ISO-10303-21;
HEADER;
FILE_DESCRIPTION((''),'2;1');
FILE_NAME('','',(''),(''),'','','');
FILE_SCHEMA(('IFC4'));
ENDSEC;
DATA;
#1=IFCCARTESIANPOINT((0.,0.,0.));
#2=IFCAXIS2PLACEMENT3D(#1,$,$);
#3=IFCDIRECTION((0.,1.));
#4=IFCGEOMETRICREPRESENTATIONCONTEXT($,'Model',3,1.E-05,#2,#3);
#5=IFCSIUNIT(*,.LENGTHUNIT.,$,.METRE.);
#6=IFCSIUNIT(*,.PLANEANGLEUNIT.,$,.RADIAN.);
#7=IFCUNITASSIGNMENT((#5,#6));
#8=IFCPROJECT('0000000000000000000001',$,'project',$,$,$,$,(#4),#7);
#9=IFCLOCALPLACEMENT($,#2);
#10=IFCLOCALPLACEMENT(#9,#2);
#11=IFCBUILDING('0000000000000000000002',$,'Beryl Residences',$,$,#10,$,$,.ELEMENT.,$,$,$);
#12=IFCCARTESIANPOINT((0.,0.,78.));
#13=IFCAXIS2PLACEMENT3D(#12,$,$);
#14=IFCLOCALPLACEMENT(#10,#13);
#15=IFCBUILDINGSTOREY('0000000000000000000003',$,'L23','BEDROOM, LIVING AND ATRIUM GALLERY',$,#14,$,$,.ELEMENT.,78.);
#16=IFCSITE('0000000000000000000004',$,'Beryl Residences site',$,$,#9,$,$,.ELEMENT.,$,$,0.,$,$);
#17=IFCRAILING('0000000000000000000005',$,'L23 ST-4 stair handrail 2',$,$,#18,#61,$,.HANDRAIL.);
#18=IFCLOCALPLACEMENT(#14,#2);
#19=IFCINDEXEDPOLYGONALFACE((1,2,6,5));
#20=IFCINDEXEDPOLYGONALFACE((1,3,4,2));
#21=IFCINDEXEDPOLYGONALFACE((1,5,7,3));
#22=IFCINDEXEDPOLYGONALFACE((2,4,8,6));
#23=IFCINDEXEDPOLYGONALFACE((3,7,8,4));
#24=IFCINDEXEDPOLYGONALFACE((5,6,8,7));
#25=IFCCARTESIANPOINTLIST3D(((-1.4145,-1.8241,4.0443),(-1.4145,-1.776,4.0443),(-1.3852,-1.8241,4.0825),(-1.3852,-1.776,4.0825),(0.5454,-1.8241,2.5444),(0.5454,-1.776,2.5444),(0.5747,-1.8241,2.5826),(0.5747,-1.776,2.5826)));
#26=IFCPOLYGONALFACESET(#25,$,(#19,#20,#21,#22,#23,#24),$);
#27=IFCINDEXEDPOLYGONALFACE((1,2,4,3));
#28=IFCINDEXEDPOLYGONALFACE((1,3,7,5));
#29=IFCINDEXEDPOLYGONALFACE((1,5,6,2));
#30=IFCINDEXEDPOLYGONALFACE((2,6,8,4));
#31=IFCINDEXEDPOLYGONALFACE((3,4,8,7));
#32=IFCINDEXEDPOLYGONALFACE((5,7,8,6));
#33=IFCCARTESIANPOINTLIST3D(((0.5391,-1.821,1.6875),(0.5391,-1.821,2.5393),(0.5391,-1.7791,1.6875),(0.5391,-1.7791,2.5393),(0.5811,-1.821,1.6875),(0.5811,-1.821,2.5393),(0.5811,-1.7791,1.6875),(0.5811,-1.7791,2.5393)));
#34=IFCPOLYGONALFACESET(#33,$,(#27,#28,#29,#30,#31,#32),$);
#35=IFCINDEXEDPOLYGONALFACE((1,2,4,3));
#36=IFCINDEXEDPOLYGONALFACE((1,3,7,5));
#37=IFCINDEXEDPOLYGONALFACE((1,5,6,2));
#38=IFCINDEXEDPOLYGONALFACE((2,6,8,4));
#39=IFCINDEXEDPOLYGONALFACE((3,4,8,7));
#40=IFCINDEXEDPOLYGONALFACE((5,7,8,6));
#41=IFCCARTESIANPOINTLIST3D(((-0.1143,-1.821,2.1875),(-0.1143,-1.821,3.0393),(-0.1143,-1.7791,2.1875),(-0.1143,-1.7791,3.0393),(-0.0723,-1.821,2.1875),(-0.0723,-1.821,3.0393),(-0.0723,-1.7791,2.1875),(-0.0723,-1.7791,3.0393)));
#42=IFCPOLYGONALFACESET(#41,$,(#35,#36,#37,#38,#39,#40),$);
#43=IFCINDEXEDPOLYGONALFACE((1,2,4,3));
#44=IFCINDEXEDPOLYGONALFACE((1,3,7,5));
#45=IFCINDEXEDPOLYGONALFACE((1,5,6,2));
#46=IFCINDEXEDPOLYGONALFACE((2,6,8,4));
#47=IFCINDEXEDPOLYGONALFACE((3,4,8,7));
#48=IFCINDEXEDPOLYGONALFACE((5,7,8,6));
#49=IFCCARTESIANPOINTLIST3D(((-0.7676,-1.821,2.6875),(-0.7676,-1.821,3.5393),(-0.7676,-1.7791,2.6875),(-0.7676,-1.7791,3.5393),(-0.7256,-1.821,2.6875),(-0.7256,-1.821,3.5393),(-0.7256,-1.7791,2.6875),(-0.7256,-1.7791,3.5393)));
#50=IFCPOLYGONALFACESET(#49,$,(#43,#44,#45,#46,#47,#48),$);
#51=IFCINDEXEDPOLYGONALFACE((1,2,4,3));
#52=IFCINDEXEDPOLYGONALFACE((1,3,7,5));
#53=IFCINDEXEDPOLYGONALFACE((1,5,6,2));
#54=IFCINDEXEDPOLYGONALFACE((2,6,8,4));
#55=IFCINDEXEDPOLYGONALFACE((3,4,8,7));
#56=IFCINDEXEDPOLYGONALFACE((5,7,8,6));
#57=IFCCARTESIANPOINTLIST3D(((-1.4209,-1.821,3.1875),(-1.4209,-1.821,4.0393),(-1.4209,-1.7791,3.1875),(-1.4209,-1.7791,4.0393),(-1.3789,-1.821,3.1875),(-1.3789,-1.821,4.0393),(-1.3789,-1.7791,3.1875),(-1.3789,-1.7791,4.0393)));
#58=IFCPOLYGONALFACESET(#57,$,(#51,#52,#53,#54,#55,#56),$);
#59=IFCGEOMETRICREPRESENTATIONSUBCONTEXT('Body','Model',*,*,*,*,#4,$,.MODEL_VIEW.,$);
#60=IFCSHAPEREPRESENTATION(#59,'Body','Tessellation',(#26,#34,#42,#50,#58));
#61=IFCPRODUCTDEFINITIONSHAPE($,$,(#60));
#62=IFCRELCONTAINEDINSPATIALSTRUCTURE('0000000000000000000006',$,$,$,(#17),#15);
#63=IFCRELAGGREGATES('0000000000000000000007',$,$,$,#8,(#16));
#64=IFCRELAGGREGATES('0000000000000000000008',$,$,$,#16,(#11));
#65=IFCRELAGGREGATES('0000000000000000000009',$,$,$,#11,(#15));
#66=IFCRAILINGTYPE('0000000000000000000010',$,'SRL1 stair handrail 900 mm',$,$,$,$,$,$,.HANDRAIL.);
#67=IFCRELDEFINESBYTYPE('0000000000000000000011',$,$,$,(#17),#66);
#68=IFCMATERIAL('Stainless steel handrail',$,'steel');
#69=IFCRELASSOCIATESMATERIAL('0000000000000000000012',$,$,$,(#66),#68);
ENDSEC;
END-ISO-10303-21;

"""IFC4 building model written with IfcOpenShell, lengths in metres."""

from ifc_helpers import new_model, si_unit, direction, frame, origin, origin_2d, place, context, subcontext, project, spatial, rectangle, extrude, material, type_object, element, save


model = new_model("IFC4")

# Units and contexts
model_context = context("Model", 3, precision=1e-05, world=origin(), true_north=direction((0.0, 1.0)))
body_context = subcontext(model_context, "Body", "Model", "MODEL_VIEW")
ifc_project = project(units=[si_unit("LENGTHUNIT", "METRE"), si_unit("PLANEANGLEUNIT", "RADIAN")], contexts=[model_context])

# Site, building, storey
site_placement = place(None, origin())
site = spatial("IfcSite", under=ifc_project, at=site_placement, Name="Beryl Residences site", CompositionType="ELEMENT", RefElevation=0.0)
building_placement = place(site_placement, origin())
building = spatial("IfcBuilding", under=site, at=building_placement, Name="Beryl Residences", CompositionType="ELEMENT")
storey_placement = place(building_placement, frame((0.0, 0.0, 78.0)))
storey = spatial("IfcBuildingStorey", under=building, at=storey_placement, Name="L23", Description="BEDROOM, LIVING AND ATRIUM GALLERY", CompositionType="ELEMENT", Elevation=78.0)

# Railing
ifc_material_1 = material(Name="Stainless steel handrail", Category="steel")
railing_type_1 = type_object("IfcRailingType", Name="SRL1 stair handrail 900 mm", PredefinedType="HANDRAIL", material=ifc_material_1)
railing_1_placement = place(storey_placement, frame((0.5601, -1.8, 1.6875)))
element("IfcRailing", 1, at=railing_1_placement, inside=storey, type_object=railing_type_1, Name="L23 ST-4 stair handrail 2", PredefinedType="HANDRAIL", context=body_context, shape_type="SweptSolid", body=[
    extrude(rectangle(XDim=0.0481, YDim=0.0481, at=origin_2d()), frame((0.0, 0.0, 0.876), z_axis=(-0.794122, 0.0, 0.607758), x_axis=(0.0, -1.0, 0.0)), (0.0, 0.0, 1.0), 2.468),
    extrude(rectangle(XDim=0.042, YDim=0.042, at=origin_2d()), origin(), (0.0, 0.0, 1.0), 0.8518),
    extrude(rectangle(XDim=0.042, YDim=0.042, at=origin_2d()), frame((-0.6533, 0.0, 0.5)), (0.0, 0.0, 1.0), 0.8518),
    extrude(rectangle(XDim=0.042, YDim=0.042, at=origin_2d()), frame((-1.3066, 0.0, 1.0)), (0.0, 0.0, 1.0), 0.8518),
    extrude(rectangle(XDim=0.042, YDim=0.042, at=origin_2d()), frame((-1.96, 0.0, 1.5)), (0.0, 0.0, 1.0), 0.8518),
])

save(model, "model.ifc")
